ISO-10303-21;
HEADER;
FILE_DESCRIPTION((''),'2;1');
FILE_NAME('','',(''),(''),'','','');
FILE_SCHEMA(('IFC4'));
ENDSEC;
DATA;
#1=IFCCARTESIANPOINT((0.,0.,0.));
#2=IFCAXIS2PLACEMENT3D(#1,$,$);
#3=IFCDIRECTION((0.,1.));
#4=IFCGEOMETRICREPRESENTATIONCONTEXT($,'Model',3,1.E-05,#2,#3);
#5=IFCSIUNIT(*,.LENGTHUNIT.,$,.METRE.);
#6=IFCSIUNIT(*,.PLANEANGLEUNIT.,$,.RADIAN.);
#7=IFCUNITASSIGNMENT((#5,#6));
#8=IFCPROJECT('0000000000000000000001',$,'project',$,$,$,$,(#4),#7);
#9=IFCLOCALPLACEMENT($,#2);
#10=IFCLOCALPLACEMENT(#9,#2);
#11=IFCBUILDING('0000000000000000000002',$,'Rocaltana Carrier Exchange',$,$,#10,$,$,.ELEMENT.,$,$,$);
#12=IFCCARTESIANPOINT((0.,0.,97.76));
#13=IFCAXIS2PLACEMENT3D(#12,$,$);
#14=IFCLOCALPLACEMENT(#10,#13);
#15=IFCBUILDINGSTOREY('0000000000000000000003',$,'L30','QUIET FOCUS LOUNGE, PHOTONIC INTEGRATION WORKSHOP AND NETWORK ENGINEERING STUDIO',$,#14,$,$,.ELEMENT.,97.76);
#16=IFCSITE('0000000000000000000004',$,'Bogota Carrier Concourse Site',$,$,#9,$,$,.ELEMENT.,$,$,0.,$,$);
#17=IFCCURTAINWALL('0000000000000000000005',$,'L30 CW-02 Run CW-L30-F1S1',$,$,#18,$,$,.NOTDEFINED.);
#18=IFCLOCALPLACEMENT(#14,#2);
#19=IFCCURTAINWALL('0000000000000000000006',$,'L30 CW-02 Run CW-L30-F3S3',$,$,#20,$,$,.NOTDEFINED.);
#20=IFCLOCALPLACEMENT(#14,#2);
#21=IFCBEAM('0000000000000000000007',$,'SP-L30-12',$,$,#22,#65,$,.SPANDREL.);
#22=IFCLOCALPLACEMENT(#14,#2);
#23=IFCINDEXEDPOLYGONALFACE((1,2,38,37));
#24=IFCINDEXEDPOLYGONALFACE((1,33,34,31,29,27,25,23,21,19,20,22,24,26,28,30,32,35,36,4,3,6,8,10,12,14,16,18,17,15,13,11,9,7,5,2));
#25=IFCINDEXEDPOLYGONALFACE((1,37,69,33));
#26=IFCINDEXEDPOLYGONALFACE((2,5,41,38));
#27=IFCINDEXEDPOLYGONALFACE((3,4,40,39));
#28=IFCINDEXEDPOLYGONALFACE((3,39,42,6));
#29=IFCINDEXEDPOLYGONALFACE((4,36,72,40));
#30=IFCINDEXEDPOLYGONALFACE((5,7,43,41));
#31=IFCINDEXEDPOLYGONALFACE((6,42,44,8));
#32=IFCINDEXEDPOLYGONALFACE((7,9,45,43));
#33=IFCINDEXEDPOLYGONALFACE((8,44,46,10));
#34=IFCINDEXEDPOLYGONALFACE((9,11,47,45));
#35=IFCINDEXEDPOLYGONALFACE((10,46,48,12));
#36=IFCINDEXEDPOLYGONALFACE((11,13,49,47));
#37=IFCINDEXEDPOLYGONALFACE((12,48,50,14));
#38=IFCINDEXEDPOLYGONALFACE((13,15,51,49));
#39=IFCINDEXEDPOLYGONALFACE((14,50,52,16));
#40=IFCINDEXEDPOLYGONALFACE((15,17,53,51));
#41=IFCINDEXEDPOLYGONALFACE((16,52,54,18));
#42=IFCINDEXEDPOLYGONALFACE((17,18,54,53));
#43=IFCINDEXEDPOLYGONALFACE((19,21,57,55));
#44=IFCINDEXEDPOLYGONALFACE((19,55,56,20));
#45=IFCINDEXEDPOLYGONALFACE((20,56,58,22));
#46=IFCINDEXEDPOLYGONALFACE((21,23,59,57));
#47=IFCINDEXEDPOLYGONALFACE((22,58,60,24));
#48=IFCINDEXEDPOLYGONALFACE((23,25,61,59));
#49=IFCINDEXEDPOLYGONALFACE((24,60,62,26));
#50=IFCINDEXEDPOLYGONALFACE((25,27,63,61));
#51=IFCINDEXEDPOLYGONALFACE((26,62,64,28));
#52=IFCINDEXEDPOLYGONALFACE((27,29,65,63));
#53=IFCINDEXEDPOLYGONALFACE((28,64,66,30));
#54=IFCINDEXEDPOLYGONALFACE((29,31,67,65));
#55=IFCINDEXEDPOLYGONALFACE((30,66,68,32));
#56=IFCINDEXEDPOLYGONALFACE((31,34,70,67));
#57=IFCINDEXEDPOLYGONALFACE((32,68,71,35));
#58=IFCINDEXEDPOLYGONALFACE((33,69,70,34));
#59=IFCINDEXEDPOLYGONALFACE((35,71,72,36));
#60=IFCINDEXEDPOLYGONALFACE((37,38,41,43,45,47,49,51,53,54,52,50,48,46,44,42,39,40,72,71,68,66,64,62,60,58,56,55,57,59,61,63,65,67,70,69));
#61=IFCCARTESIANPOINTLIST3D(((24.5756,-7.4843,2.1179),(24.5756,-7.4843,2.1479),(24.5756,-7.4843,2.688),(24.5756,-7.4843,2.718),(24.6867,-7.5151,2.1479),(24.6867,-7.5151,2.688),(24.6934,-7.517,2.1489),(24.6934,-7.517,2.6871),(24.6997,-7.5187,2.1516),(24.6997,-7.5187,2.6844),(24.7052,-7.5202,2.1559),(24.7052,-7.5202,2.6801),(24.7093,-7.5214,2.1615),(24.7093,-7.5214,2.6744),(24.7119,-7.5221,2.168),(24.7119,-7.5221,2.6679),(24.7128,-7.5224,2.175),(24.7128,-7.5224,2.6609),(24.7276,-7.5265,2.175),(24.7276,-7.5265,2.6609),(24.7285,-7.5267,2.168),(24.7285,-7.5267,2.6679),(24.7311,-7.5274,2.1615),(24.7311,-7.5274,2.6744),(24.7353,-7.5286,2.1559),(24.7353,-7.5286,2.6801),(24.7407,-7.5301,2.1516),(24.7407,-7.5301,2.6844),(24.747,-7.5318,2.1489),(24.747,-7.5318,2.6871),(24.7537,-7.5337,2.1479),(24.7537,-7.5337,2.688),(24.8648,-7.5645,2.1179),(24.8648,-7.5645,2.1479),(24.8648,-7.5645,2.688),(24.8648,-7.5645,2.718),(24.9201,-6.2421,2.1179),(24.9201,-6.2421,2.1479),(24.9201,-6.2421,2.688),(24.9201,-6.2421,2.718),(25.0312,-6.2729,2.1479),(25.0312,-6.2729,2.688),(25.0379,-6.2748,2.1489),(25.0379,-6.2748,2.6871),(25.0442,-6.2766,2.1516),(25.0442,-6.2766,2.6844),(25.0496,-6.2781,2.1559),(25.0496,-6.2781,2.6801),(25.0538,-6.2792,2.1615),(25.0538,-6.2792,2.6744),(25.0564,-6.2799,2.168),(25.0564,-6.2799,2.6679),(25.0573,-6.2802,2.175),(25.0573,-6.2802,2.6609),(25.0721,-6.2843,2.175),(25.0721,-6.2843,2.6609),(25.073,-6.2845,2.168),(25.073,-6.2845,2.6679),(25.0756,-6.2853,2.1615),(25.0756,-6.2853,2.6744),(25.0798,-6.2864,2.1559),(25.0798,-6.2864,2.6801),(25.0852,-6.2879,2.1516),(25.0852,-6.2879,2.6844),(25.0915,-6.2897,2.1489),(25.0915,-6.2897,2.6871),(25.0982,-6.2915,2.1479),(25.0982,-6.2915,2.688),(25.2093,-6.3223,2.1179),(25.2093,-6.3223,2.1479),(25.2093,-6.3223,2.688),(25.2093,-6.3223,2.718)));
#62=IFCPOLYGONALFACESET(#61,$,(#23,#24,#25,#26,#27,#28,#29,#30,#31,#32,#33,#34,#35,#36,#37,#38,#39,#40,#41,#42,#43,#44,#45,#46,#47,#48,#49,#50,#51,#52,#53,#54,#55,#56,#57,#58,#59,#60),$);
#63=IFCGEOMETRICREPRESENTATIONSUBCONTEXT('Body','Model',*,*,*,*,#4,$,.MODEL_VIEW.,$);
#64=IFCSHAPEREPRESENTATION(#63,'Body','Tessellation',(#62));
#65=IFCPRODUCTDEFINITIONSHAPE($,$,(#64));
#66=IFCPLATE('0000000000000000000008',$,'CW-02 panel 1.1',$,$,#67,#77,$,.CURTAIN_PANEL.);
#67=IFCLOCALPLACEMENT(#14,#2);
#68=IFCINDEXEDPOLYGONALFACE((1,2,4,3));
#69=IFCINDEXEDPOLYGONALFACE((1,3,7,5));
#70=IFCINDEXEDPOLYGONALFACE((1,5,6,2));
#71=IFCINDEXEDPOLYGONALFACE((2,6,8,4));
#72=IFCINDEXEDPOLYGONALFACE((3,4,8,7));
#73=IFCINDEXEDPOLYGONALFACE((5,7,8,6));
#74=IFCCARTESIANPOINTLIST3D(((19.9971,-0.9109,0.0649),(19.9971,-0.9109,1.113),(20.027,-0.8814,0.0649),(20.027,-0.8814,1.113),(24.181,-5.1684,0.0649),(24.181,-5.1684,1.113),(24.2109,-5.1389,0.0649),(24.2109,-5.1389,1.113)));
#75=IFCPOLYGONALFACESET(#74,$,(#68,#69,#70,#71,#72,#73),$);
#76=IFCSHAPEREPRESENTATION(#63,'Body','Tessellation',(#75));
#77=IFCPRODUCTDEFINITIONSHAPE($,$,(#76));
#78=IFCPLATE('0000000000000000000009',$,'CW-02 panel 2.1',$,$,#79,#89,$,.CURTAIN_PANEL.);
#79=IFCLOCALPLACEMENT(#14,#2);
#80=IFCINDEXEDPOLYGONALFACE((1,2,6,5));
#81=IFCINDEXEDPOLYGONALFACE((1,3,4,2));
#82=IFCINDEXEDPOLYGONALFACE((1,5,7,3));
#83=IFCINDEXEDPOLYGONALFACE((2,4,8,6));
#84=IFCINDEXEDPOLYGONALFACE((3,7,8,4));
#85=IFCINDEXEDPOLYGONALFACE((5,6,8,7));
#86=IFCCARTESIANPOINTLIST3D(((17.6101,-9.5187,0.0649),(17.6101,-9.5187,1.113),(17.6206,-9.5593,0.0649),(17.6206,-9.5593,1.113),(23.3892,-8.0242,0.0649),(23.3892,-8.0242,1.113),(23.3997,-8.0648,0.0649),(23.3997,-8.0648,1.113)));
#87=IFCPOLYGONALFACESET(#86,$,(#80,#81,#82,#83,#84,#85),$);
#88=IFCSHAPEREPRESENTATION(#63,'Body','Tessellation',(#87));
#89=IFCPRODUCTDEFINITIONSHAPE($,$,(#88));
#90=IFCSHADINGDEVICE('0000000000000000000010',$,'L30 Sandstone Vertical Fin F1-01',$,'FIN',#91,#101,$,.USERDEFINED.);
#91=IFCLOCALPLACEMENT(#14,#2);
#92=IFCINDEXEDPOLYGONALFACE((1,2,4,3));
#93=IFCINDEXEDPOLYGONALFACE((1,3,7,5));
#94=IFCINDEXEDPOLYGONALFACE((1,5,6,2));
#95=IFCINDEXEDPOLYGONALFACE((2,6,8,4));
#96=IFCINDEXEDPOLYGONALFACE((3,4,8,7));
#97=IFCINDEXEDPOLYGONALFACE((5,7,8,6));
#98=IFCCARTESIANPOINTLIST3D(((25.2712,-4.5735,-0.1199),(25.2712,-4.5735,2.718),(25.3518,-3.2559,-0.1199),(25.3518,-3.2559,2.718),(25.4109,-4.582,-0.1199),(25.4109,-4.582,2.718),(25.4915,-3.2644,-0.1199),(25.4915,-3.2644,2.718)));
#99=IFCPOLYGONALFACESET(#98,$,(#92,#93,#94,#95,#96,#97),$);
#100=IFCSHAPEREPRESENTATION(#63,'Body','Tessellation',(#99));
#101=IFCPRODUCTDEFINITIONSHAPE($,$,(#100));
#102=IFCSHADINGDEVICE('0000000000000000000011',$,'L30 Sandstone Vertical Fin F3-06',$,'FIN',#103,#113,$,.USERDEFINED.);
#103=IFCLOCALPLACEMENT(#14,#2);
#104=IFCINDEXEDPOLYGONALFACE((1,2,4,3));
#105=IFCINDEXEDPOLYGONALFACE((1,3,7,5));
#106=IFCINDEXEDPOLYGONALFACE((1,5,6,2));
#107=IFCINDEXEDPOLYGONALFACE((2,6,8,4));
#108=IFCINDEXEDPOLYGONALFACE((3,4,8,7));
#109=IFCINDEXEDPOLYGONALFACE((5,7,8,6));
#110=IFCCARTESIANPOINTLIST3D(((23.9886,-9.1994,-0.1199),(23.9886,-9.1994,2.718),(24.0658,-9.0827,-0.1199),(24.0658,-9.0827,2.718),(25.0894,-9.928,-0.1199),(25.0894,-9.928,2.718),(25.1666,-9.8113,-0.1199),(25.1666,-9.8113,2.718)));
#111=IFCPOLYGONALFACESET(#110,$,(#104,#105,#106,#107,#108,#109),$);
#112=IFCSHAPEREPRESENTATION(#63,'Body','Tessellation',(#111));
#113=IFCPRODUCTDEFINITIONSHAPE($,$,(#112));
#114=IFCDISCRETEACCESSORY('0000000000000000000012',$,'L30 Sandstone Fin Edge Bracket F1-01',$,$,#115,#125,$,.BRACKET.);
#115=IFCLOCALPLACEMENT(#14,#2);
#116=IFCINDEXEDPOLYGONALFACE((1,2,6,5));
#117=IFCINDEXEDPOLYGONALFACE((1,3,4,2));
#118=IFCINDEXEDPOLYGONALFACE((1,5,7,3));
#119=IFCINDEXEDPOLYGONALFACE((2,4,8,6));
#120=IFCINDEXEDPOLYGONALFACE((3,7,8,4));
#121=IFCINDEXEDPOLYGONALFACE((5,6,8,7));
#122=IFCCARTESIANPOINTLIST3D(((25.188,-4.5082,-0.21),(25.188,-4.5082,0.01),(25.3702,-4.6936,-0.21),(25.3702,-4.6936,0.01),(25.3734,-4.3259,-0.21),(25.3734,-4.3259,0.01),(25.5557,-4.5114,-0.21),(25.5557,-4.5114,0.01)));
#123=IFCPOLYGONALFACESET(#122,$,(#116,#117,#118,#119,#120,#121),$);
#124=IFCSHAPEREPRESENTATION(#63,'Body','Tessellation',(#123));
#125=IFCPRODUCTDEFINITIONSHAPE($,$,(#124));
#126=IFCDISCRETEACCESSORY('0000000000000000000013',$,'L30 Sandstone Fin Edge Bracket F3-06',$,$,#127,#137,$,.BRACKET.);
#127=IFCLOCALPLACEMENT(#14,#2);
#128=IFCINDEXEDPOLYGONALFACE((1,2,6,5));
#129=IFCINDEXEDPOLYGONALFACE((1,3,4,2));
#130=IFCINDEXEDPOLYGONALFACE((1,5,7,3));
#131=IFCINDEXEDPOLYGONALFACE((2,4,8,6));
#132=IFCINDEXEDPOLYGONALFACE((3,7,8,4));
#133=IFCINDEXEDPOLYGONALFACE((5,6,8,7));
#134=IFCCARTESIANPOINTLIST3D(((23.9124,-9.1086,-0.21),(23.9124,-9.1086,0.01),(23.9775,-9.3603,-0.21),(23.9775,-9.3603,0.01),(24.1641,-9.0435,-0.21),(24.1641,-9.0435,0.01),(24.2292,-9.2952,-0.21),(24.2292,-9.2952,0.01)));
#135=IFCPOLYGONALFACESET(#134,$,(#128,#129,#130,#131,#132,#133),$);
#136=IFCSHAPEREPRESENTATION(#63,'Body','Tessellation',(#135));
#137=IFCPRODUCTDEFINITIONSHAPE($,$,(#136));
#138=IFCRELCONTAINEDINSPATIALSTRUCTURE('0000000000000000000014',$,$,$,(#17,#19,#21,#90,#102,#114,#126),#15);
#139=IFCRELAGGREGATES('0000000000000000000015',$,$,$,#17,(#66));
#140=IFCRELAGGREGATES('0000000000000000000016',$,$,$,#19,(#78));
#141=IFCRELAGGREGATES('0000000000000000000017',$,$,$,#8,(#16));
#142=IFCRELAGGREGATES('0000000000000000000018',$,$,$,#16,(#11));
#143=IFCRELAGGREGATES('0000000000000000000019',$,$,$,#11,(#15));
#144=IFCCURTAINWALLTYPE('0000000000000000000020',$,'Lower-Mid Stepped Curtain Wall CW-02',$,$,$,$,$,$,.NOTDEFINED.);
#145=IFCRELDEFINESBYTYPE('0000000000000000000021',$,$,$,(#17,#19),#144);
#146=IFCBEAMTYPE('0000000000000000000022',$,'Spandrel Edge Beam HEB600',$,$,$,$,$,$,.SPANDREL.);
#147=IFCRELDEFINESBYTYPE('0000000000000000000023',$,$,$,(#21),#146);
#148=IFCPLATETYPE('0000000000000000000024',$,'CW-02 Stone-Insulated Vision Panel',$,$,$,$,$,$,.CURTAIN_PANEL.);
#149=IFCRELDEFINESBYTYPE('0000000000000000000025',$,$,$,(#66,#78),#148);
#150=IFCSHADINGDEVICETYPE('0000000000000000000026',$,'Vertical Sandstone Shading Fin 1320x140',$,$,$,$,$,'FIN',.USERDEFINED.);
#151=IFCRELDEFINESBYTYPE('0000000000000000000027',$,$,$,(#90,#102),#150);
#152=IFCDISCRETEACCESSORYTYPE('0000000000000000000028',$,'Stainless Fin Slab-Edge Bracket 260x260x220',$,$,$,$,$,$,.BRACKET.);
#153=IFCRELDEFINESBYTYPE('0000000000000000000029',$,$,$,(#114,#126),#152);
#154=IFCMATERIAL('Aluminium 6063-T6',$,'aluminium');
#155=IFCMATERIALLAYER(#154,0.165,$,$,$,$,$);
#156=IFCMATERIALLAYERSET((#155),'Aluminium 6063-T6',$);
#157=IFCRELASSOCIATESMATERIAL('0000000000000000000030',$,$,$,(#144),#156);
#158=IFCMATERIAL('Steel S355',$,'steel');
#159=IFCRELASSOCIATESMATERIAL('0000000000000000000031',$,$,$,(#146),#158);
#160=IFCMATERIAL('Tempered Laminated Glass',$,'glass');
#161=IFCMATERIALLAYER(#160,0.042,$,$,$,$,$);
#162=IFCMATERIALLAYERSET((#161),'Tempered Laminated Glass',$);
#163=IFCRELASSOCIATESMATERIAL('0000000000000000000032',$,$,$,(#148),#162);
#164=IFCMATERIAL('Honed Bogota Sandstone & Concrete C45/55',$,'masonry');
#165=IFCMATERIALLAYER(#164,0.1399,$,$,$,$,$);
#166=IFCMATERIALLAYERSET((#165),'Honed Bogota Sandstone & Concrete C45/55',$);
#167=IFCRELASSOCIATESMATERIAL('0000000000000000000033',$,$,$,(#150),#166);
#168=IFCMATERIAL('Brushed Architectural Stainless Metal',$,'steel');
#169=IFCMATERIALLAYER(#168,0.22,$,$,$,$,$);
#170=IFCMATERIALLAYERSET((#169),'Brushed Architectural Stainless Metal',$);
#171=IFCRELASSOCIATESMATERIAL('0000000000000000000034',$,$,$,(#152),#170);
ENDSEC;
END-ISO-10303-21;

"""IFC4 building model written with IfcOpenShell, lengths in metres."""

from ifc_helpers import new_model, si_unit, direction, frame, origin, origin_2d, place, context, subcontext, project, spatial, rectangle, i_section, extrude, material, layer, layer_set, material_profile, profile_set, type_object, element, aggregate, save


model = new_model("IFC4")

# Units and contexts
model_context = context("Model", 3, precision=1e-05, world=origin(), true_north=direction((0.0, 1.0)))
body_context = subcontext(model_context, "Body", "Model", "MODEL_VIEW")
ifc_project = project(units=[si_unit("LENGTHUNIT", "METRE"), si_unit("PLANEANGLEUNIT", "RADIAN")], contexts=[model_context])

# Site, building, storey
site_placement = place(None, origin())
site = spatial("IfcSite", under=ifc_project, at=site_placement, Name="Bogota Carrier Concourse Site", CompositionType="ELEMENT", RefElevation=0.0)
building_placement = place(site_placement, origin())
building = spatial("IfcBuilding", under=site, at=building_placement, Name="Rocaltana Carrier Exchange", CompositionType="ELEMENT")
storey_placement = place(building_placement, frame((0.0, 0.0, 97.76)))
storey = spatial("IfcBuildingStorey", under=building, at=storey_placement, Name="L30", Description="QUIET FOCUS LOUNGE, PHOTONIC INTEGRATION WORKSHOP AND NETWORK ENGINEERING STUDIO", CompositionType="ELEMENT", Elevation=97.76)

# Curtain wall
ifc_material_1 = material(Name="Aluminium 6063-T6", Category="aluminium")
ifc_layer_1 = layer(ifc_material_1, 0.165)
ifc_layer_set_1 = layer_set([ifc_layer_1], Name="Aluminium 6063-T6")
curtain_wall_type = type_object("IfcCurtainWallType", Name="Lower-Mid Stepped Curtain Wall CW-02", PredefinedType="NOTDEFINED", material=ifc_layer_set_1)
curtain_wall_1_placement = place(storey_placement, origin())
curtain_wall_1 = element("IfcCurtainWall", 1, at=curtain_wall_1_placement, inside=storey, type_object=curtain_wall_type, Name="L30 CW-02 Run CW-L30-F1S1", PredefinedType="NOTDEFINED")

# Curtain wall
curtain_wall_2_placement = place(storey_placement, origin())
curtain_wall_2 = element("IfcCurtainWall", 2, at=curtain_wall_2_placement, inside=storey, type_object=curtain_wall_type, Name="L30 CW-02 Run CW-L30-F3S3", PredefinedType="NOTDEFINED")

# Beam
ifc_material_2 = material(Name="Steel S355", Category="steel")
ifc_material_profile_1 = material_profile(ifc_material_2, i_section(OverallWidth=0.3, OverallDepth=0.6001, WebThickness=0.0154, FlangeThickness=0.03, FilletRadius=0.0271, at=origin_2d()), Name="HEB600")
ifc_profile_set_1 = profile_set([ifc_material_profile_1], Name="Steel S355")
beam_type_1 = type_object("IfcBeamType", Name="Spandrel Edge Beam HEB600", PredefinedType="SPANDREL", material=ifc_profile_set_1)
beam_1_placement = place(storey_placement, frame((24.7202, -7.5244, 2.418), z_axis=(0.267234, 0.963632, 0.0), x_axis=(-0.963632, 0.267234, 0.0)))
element("IfcBeam", 3, at=beam_1_placement, inside=storey, type_object=beam_type_1, Name="SP-L30-12", PredefinedType="SPANDREL", context=body_context, shape_type="SweptSolid", body=[
    extrude(i_section(OverallWidth=0.3, OverallDepth=0.6001, WebThickness=0.0154, FlangeThickness=0.03, FilletRadius=0.0271, at=origin_2d()), origin(), (0.0, 0.0, 1.0), 1.2891),
])

# Plates
ifc_material_3 = material(Name="Tempered Laminated Glass", Category="glass")
ifc_layer_2 = layer(ifc_material_3, 0.042)
ifc_layer_set_2 = layer_set([ifc_layer_2], Name="Tempered Laminated Glass")
plate_type = type_object("IfcPlateType", Name="CW-02 Stone-Insulated Vision Panel", PredefinedType="CURTAIN_PANEL", material=ifc_layer_set_2)
plate_1_placement = place(storey_placement, frame((22.104, -3.0249, 0.0649), z_axis=(0.0, 0.0, 1.0), x_axis=(-0.700915, 0.713245, 0.0)))
plate_1 = element("IfcPlate", 4, at=plate_1_placement, type_object=plate_type, Name="CW-02 panel 1.1", PredefinedType="CURTAIN_PANEL", context=body_context, shape_type="SweptSolid", body=[
    extrude(rectangle(XDim=5.9692, YDim=0.042, at=origin_2d()), origin(), (0.0, 0.0, 1.0), 1.0481),
])
aggregate(curtain_wall_1, [plate_1])
plate_2_placement = place(storey_placement, frame((20.5049, -8.7917, 0.0649), z_axis=(0.0, 0.0, 1.0), x_axis=(0.96815, 0.25037, 0.0)))
plate_2 = element("IfcPlate", 5, at=plate_2_placement, type_object=plate_type, Name="CW-02 panel 2.1", PredefinedType="CURTAIN_PANEL", context=body_context, shape_type="SweptSolid", body=[
    extrude(rectangle(XDim=5.9692, YDim=0.042, at=origin_2d()), origin(), (0.0, 0.0, 1.0), 1.0481),
])
aggregate(curtain_wall_2, [plate_2])

# Shading devices
ifc_material_4 = material(Name="Honed Bogota Sandstone & Concrete C45/55", Category="masonry")
ifc_layer_3 = layer(ifc_material_4, 0.1399)
ifc_layer_set_3 = layer_set([ifc_layer_3], Name="Honed Bogota Sandstone & Concrete C45/55")
shading_device_type = type_object("IfcShadingDeviceType", Name="Vertical Sandstone Shading Fin 1320x140", ElementType="FIN", PredefinedType="USERDEFINED", material=ifc_layer_set_3)
for number, where, z_axis, x_axis, name in (
    (6, (25.3813, -3.9189, -0.1199), (0.0, 0.0, 1.0), (0.061049, 0.998135, 0.0), "L30 Sandstone Vertical Fin F1-01"),
    (7, (24.5776, -9.5054, -0.1199), (0.0, 0.0, 1.0), (0.833886, -0.551937, 0.0), "L30 Sandstone Vertical Fin F3-06"),
):
    element("IfcShadingDevice", number, at=place(storey_placement, frame(where, z_axis=z_axis, x_axis=x_axis)), inside=storey, type_object=shading_device_type, Name=name, ObjectType="FIN", PredefinedType="USERDEFINED", context=body_context, shape_type="SweptSolid", body=[
        extrude(rectangle(XDim=1.3201, YDim=0.1399, at=origin_2d()), origin(), (0.0, 0.0, 1.0), 2.8379),
    ])

# Discrete accessories
ifc_material_5 = material(Name="Brushed Architectural Stainless Metal", Category="steel")
ifc_layer_4 = layer(ifc_material_5, 0.22)
ifc_layer_set_4 = layer_set([ifc_layer_4], Name="Brushed Architectural Stainless Metal")
discrete_accessory_type = type_object("IfcDiscreteAccessoryType", Name="Stainless Fin Slab-Edge Bracket 260x260x220", PredefinedType="BRACKET", material=ifc_layer_set_4)
for number, where, z_axis, x_axis, name in (
    (8, (25.3718, -4.5098, -0.21), (0.0, 0.0, 1.0), (-0.700909, 0.71325, 0.0), "L30 Sandstone Fin Edge Bracket F1-01"),
    (9, (24.0708, -9.2019, -0.21), (0.0, 0.0, 1.0), (0.968148, 0.25038, 0.0), "L30 Sandstone Fin Edge Bracket F3-06"),
):
    element("IfcDiscreteAccessory", number, at=place(storey_placement, frame(where, z_axis=z_axis, x_axis=x_axis)), inside=storey, type_object=discrete_accessory_type, Name=name, PredefinedType="BRACKET", context=body_context, shape_type="SweptSolid", body=[
        extrude(rectangle(XDim=0.26, YDim=0.26, at=origin_2d()), origin(), (0.0, 0.0, 1.0), 0.22),
    ])

save(model, "model.ifc")
